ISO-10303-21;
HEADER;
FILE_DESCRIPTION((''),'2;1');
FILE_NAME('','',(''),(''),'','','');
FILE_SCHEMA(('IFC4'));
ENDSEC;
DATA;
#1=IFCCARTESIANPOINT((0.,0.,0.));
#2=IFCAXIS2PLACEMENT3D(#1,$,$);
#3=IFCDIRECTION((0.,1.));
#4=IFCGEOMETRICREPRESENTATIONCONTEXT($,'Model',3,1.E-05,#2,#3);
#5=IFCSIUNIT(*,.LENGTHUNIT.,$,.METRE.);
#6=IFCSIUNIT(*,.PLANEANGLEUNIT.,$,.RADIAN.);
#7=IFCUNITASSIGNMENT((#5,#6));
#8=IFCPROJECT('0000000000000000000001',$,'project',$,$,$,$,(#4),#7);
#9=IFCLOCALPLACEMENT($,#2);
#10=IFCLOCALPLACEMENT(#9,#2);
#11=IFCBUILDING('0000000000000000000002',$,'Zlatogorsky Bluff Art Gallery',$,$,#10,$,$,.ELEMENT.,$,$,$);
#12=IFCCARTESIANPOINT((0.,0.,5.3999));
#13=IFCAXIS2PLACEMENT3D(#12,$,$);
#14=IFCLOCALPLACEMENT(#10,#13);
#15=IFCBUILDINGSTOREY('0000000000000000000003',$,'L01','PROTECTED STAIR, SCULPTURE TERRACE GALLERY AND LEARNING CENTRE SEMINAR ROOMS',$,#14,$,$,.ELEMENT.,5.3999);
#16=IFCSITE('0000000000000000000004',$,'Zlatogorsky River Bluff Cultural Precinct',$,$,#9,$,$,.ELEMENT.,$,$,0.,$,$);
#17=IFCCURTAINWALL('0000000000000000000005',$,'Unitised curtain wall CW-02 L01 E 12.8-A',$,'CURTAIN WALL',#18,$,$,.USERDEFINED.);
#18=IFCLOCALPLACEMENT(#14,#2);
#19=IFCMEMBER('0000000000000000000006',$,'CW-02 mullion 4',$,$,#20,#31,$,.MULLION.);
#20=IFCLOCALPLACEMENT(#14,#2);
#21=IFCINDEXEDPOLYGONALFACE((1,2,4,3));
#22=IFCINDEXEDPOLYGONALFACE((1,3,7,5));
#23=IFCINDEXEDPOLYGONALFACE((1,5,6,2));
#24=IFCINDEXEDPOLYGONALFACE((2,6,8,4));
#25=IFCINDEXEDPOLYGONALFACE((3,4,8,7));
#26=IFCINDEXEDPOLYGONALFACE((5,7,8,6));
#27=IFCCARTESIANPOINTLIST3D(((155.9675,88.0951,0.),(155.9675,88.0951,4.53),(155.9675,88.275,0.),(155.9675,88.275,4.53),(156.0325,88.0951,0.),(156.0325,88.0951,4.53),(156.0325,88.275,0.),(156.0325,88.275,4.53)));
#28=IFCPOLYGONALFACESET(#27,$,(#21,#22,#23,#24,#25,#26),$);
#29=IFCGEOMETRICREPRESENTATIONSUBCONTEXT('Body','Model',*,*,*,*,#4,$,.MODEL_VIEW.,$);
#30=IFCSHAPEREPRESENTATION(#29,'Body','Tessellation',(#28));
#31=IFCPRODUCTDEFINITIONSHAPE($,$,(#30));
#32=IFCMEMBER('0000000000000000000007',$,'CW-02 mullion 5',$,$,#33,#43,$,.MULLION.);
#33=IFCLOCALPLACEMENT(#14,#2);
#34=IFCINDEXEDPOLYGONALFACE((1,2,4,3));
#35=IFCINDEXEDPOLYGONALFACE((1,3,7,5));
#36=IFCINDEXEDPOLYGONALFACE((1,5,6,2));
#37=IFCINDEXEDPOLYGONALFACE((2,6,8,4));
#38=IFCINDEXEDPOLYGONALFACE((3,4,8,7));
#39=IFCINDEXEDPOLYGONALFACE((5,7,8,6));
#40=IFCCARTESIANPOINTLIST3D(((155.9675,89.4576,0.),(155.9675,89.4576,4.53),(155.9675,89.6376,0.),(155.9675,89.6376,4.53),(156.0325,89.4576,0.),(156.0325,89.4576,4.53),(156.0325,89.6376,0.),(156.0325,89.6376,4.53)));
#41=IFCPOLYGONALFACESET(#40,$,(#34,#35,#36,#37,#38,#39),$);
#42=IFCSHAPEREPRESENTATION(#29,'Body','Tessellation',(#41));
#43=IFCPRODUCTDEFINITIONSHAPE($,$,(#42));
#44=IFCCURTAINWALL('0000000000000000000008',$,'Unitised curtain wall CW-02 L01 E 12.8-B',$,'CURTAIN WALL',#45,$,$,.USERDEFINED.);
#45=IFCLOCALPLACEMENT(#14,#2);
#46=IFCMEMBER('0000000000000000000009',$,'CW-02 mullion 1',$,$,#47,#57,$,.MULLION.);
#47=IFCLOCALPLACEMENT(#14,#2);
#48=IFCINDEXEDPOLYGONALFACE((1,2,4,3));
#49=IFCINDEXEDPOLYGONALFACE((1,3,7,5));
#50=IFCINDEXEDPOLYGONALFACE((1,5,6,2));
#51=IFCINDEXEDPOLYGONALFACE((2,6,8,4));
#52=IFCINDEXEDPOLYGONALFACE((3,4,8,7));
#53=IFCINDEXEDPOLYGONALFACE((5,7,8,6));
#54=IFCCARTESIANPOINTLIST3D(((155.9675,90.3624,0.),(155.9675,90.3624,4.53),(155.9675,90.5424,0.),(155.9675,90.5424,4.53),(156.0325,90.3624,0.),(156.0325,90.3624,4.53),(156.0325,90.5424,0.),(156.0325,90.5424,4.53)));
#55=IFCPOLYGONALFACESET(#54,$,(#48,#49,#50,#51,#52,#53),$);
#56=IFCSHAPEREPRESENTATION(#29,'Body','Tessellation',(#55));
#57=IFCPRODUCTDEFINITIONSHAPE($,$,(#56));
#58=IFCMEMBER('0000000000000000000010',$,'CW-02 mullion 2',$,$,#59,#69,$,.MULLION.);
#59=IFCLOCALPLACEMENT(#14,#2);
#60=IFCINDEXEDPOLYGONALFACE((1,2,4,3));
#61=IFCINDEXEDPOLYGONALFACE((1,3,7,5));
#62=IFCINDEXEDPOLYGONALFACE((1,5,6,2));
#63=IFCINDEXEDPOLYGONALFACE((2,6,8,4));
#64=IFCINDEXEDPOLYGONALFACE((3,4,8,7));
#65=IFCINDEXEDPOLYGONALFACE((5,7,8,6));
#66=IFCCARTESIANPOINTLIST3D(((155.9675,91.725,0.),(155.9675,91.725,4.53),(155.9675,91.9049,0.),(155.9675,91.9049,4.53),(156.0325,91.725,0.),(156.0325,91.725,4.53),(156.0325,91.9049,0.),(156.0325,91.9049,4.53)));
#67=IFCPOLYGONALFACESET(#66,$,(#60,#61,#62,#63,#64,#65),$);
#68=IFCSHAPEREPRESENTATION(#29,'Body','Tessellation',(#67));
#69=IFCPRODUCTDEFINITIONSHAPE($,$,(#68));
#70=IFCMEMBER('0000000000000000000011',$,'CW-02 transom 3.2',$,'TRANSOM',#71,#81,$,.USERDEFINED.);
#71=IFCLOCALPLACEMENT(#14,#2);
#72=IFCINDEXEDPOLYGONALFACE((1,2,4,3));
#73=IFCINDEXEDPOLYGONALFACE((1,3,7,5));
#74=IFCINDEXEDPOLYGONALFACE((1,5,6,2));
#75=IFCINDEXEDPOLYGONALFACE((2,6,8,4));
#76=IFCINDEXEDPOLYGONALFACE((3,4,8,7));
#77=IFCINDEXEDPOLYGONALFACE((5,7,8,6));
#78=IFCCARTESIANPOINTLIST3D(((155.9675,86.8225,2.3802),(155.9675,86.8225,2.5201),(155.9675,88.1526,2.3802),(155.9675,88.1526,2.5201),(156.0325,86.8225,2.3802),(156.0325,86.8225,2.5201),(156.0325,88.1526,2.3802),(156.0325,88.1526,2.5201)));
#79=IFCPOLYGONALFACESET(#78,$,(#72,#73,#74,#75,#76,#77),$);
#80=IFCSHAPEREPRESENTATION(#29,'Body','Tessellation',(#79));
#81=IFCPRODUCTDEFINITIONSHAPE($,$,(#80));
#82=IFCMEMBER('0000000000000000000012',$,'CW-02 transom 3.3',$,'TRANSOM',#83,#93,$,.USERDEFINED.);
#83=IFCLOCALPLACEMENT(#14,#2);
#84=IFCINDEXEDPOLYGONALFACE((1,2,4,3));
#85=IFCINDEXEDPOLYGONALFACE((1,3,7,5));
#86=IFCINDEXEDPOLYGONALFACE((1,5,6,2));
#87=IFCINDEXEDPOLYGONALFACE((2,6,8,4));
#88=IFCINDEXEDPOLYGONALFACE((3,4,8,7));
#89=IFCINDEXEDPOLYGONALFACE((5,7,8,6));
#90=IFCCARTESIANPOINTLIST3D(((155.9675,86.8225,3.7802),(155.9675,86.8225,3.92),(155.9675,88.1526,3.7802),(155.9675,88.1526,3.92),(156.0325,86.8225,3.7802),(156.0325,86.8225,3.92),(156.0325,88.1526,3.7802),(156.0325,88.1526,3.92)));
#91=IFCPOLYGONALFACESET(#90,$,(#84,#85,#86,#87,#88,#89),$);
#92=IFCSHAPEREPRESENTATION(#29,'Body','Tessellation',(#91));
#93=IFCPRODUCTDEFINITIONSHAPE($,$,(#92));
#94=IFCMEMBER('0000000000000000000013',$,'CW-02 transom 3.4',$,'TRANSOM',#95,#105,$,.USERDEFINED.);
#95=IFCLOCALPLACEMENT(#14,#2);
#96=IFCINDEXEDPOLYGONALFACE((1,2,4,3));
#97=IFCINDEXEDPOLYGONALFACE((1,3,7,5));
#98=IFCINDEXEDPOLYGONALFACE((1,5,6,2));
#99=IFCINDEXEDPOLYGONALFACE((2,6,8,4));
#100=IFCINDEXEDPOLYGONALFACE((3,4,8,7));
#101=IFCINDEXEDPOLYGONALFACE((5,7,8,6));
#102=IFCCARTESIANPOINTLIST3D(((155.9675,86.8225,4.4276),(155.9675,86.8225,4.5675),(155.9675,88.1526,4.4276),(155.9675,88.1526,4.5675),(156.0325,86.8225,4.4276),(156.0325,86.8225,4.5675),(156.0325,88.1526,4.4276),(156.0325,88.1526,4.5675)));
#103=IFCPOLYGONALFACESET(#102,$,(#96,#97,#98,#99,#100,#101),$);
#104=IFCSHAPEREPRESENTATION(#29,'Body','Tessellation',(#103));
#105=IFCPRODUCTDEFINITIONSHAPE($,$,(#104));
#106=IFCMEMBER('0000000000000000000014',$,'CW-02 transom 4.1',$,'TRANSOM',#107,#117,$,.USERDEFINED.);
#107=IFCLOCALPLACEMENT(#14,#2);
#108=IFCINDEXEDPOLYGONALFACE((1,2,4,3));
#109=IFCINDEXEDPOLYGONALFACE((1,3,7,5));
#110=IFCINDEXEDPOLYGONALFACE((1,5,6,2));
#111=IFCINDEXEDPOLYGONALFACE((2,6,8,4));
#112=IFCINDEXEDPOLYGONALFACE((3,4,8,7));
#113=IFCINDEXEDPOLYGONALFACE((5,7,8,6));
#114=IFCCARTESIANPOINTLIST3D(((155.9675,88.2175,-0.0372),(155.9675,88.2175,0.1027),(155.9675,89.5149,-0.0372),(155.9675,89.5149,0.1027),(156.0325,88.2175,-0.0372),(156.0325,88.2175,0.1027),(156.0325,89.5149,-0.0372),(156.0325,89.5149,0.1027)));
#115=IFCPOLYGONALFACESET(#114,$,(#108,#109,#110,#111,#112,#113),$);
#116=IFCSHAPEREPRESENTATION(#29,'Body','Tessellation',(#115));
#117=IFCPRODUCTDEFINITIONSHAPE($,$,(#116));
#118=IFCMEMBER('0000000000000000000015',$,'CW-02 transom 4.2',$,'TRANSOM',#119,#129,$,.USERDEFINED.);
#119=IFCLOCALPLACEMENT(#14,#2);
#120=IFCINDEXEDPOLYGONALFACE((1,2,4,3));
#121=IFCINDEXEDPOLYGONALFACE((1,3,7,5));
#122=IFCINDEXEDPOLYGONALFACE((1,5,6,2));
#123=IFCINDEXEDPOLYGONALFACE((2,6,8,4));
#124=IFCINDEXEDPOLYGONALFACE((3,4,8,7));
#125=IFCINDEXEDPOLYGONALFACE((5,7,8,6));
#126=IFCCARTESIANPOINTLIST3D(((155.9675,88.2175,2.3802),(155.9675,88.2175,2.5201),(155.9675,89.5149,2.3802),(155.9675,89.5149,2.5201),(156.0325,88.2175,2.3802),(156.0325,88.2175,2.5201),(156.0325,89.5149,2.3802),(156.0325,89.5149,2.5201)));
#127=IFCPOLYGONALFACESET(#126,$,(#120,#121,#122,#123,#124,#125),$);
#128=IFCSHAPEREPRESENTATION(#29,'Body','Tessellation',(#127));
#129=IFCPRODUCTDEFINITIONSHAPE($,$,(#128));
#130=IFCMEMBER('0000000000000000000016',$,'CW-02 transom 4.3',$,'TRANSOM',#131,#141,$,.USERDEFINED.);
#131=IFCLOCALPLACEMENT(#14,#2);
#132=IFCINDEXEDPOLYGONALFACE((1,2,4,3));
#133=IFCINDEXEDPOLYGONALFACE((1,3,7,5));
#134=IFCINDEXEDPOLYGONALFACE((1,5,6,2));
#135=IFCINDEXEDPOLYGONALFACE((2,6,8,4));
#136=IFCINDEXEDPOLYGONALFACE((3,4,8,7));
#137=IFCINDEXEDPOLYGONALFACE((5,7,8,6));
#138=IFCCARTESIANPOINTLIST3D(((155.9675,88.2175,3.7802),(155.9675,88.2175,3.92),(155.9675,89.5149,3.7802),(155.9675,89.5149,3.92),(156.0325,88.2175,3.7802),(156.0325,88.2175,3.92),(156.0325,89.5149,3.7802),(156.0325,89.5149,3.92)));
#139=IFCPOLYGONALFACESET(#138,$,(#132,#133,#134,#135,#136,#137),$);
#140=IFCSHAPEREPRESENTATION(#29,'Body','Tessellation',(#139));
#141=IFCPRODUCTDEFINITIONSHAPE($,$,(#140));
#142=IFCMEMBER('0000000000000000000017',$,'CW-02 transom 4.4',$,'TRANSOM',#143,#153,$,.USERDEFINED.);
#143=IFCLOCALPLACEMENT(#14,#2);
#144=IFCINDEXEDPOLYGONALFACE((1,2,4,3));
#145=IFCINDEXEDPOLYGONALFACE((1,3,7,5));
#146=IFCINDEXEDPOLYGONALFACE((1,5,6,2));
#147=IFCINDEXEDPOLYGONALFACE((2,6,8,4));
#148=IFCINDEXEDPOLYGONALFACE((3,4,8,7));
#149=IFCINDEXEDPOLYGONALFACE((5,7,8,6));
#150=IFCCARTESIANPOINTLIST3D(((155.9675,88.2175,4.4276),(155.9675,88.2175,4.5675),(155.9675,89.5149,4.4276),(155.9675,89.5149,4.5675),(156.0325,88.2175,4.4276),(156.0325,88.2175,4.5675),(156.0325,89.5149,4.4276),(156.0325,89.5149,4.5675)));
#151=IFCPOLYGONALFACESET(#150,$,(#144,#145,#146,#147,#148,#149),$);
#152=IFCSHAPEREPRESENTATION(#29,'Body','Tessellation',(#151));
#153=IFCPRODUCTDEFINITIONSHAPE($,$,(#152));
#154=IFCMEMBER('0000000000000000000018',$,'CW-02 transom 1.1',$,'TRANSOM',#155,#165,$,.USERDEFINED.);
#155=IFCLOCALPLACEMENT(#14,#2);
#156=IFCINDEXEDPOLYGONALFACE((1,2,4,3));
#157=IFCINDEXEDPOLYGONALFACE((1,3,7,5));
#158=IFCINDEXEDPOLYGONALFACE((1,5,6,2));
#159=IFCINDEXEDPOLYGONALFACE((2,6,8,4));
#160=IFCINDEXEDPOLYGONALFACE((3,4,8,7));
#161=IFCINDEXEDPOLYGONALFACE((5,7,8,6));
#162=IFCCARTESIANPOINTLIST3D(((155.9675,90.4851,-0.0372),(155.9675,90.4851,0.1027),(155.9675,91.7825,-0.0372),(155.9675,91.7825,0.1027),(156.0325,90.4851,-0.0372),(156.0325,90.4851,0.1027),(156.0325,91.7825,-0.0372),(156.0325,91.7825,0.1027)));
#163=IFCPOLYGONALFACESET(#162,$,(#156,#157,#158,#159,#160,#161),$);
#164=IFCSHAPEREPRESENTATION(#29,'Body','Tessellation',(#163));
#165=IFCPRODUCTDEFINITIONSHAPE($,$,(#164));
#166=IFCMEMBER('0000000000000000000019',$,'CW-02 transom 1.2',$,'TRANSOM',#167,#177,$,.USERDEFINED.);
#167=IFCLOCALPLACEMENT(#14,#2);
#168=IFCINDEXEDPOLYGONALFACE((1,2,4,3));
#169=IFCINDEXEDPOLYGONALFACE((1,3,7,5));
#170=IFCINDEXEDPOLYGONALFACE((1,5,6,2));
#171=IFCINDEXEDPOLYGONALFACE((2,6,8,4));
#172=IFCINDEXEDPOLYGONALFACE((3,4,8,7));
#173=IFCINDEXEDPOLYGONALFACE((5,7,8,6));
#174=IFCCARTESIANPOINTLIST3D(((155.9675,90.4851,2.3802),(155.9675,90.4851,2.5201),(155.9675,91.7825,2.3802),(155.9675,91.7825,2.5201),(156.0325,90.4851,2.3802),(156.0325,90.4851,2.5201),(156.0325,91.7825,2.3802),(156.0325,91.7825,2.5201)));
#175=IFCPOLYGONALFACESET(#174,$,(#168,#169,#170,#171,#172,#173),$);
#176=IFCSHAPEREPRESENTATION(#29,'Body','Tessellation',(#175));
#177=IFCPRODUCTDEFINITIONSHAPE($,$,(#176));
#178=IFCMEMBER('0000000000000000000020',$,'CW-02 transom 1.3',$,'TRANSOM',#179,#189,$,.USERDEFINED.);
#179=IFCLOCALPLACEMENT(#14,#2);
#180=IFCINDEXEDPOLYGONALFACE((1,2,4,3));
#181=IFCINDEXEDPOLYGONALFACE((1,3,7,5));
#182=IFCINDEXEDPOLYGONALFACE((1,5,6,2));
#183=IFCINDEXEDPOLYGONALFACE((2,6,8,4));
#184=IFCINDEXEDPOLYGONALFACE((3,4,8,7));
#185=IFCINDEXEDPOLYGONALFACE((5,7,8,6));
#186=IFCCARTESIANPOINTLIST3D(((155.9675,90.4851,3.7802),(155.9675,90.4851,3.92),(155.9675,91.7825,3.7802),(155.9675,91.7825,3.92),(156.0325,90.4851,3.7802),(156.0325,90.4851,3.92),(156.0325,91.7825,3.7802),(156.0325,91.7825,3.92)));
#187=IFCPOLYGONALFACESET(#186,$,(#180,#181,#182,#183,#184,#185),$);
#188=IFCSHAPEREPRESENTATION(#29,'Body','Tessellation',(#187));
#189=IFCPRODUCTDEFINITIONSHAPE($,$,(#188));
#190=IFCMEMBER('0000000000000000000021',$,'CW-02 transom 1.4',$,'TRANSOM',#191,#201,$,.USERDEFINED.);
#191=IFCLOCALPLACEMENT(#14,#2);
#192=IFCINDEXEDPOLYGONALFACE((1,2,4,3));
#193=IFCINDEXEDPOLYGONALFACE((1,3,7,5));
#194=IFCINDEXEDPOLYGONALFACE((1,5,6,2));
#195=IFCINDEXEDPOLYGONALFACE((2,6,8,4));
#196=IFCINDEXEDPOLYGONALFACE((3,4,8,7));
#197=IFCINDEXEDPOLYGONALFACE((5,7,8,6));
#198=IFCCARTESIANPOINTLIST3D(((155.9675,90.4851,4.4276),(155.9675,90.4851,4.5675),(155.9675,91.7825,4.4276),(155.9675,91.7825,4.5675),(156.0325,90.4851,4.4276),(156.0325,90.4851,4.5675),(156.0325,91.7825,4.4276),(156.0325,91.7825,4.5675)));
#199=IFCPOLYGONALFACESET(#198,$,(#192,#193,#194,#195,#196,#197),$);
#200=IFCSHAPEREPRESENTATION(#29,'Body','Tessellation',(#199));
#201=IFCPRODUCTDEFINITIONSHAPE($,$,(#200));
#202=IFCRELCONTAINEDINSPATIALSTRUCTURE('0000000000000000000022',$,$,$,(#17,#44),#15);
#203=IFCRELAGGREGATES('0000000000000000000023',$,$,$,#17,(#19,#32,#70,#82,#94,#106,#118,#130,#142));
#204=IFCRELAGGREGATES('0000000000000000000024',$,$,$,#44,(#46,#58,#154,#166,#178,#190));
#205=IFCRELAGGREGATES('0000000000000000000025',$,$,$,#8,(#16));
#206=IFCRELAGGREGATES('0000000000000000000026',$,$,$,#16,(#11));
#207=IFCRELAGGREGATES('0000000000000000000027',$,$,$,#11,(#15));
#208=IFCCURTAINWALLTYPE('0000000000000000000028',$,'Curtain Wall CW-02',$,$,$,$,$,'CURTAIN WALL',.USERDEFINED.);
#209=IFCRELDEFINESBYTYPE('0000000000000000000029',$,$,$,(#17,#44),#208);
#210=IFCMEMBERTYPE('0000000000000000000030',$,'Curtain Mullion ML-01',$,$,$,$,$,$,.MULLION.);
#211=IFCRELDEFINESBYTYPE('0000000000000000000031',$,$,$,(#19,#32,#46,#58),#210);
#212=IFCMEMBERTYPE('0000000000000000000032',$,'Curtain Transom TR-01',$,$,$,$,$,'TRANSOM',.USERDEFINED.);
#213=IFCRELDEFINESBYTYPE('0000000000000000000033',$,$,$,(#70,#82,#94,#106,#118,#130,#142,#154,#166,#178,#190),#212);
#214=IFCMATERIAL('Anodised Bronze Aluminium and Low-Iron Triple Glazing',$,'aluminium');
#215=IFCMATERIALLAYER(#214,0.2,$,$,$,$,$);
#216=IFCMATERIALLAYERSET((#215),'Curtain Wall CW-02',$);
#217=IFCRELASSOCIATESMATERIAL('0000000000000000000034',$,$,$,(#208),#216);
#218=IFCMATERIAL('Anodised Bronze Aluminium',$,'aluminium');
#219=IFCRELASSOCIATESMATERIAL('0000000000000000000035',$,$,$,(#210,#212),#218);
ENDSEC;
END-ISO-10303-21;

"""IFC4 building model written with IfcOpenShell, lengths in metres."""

from ifc_helpers import new_model, si_unit, direction, frame, origin, origin_2d, place, context, subcontext, project, spatial, rectangle, extrude, material, layer, layer_set, material_profile, profile_set, type_object, element, aggregate, save


model = new_model("IFC4")

# Units and contexts
model_context = context("Model", 3, precision=1e-05, world=origin(), true_north=direction((0.0, 1.0)))
body_context = subcontext(model_context, "Body", "Model", "MODEL_VIEW")
ifc_project = project(units=[si_unit("LENGTHUNIT", "METRE"), si_unit("PLANEANGLEUNIT", "RADIAN")], contexts=[model_context])

# Site, building, storey
site_placement = place(None, origin())
site = spatial("IfcSite", under=ifc_project, at=site_placement, Name="Zlatogorsky River Bluff Cultural Precinct", CompositionType="ELEMENT", RefElevation=0.0)
building_placement = place(site_placement, origin())
building = spatial("IfcBuilding", under=site, at=building_placement, Name="Zlatogorsky Bluff Art Gallery", CompositionType="ELEMENT")
storey_placement = place(building_placement, frame((0.0, 0.0, 5.3999)))
storey = spatial("IfcBuildingStorey", under=building, at=storey_placement, Name="L01", Description="PROTECTED STAIR, SCULPTURE TERRACE GALLERY AND LEARNING CENTRE SEMINAR ROOMS", CompositionType="ELEMENT", Elevation=5.3999)

# Curtain walls, members
ifc_material_1 = material(Name="Anodised Bronze Aluminium and Low-Iron Triple Glazing", Category="aluminium")
ifc_layer_1 = layer(ifc_material_1, 0.2)
ifc_layer_set_1 = layer_set([ifc_layer_1], Name="Curtain Wall CW-02")
curtain_wall_type = type_object("IfcCurtainWallType", Name="Curtain Wall CW-02", ElementType="CURTAIN WALL", PredefinedType="USERDEFINED", material=ifc_layer_set_1)
curtain_wall_1_placement = place(storey_placement, origin())
curtain_wall_1 = element("IfcCurtainWall", 1, at=curtain_wall_1_placement, inside=storey, type_object=curtain_wall_type, Name="Unitised curtain wall CW-02 L01 E 12.8-A", ObjectType="CURTAIN WALL", PredefinedType="USERDEFINED")
ifc_material_2 = material(Name="Anodised Bronze Aluminium", Category="aluminium")
ifc_material_profile_1 = material_profile(ifc_material_2, rectangle(XDim=0.0649, YDim=0.1799, at=origin_2d()), Name="ALU MULLION 65x180")
ifc_profile_set_1 = profile_set([ifc_material_profile_1], Name="Anodised Bronze Aluminium")
member_type_1 = type_object("IfcMemberType", Name="Curtain Mullion ML-01", PredefinedType="MULLION", material=ifc_profile_set_1)
member_1_placement = place(storey_placement, frame((156.0, 88.1851, 0.0), z_axis=(0.0, 0.0, 1.0), x_axis=(-1.0, 0.0, 0.0)))
member_1 = element("IfcMember", 2, at=member_1_placement, type_object=member_type_1, Name="CW-02 mullion 4", PredefinedType="MULLION", context=body_context, shape_type="SweptSolid", body=[
    extrude(rectangle(XDim=0.0649, YDim=0.1799, at=origin_2d()), origin(), (0.0, 0.0, 1.0), 4.53),
])
member_2_placement = place(storey_placement, frame((156.0, 89.5476, 0.0), z_axis=(0.0, 0.0, 1.0), x_axis=(-1.0, 0.0, 0.0)))
member_2 = element("IfcMember", 3, at=member_2_placement, type_object=member_type_1, Name="CW-02 mullion 5", PredefinedType="MULLION", context=body_context, shape_type="SweptSolid", body=[
    extrude(rectangle(XDim=0.0649, YDim=0.1799, at=origin_2d()), origin(), (0.0, 0.0, 1.0), 4.53),
])
curtain_wall_2_placement = place(storey_placement, origin())
curtain_wall_2 = element("IfcCurtainWall", 4, at=curtain_wall_2_placement, inside=storey, type_object=curtain_wall_type, Name="Unitised curtain wall CW-02 L01 E 12.8-B", ObjectType="CURTAIN WALL", PredefinedType="USERDEFINED")
member_3_placement = place(storey_placement, frame((156.0, 90.4524, 0.0), z_axis=(0.0, 0.0, 1.0), x_axis=(-1.0, 0.0, 0.0)))
member_3 = element("IfcMember", 5, at=member_3_placement, type_object=member_type_1, Name="CW-02 mullion 1", PredefinedType="MULLION", context=body_context, shape_type="SweptSolid", body=[
    extrude(rectangle(XDim=0.0649, YDim=0.1799, at=origin_2d()), origin(), (0.0, 0.0, 1.0), 4.53),
])
member_4_placement = place(storey_placement, frame((156.0, 91.8149, 0.0), z_axis=(0.0, 0.0, 1.0), x_axis=(-1.0, 0.0, 0.0)))
member_4 = element("IfcMember", 6, at=member_4_placement, type_object=member_type_1, Name="CW-02 mullion 2", PredefinedType="MULLION", context=body_context, shape_type="SweptSolid", body=[
    extrude(rectangle(XDim=0.0649, YDim=0.1799, at=origin_2d()), origin(), (0.0, 0.0, 1.0), 4.53),
])

# Members
ifc_material_profile_2 = material_profile(ifc_material_2, rectangle(XDim=0.0649, YDim=0.1399, at=origin_2d()), Name="ALU TRANSOM 65x140")
ifc_profile_set_2 = profile_set([ifc_material_profile_2], Name="Anodised Bronze Aluminium")
member_type_2 = type_object("IfcMemberType", Name="Curtain Transom TR-01", ElementType="TRANSOM", PredefinedType="USERDEFINED", material=ifc_profile_set_2)
member_5_placement = place(storey_placement, frame((156.0, 86.8225, 2.4502), z_axis=(0.0, 1.0, 0.0), x_axis=(-1.0, 0.0, 0.0)))
member_5 = element("IfcMember", 7, at=member_5_placement, type_object=member_type_2, Name="CW-02 transom 3.2", ObjectType="TRANSOM", PredefinedType="USERDEFINED", context=body_context, shape_type="SweptSolid", body=[
    extrude(rectangle(XDim=0.0649, YDim=0.1399, at=origin_2d()), origin(), (0.0, 0.0, 1.0), 1.3301),
])
member_6_placement = place(storey_placement, frame((156.0, 86.8225, 3.8501), z_axis=(0.0, 1.0, 0.0), x_axis=(-1.0, 0.0, 0.0)))
member_6 = element("IfcMember", 8, at=member_6_placement, type_object=member_type_2, Name="CW-02 transom 3.3", ObjectType="TRANSOM", PredefinedType="USERDEFINED", context=body_context, shape_type="SweptSolid", body=[
    extrude(rectangle(XDim=0.0649, YDim=0.1399, at=origin_2d()), origin(), (0.0, 0.0, 1.0), 1.3301),
])
member_7_placement = place(storey_placement, frame((156.0, 86.8225, 4.4976), z_axis=(0.0, 1.0, 0.0), x_axis=(-1.0, 0.0, 0.0)))
member_7 = element("IfcMember", 9, at=member_7_placement, type_object=member_type_2, Name="CW-02 transom 3.4", ObjectType="TRANSOM", PredefinedType="USERDEFINED", context=body_context, shape_type="SweptSolid", body=[
    extrude(rectangle(XDim=0.0649, YDim=0.1399, at=origin_2d()), origin(), (0.0, 0.0, 1.0), 1.3301),
])
member_8_placement = place(storey_placement, frame((156.0, 88.2175, 0.0327), z_axis=(0.0, 1.0, 0.0), x_axis=(-1.0, 0.0, 0.0)))
member_8 = element("IfcMember", 10, at=member_8_placement, type_object=member_type_2, Name="CW-02 transom 4.1", ObjectType="TRANSOM", PredefinedType="USERDEFINED", context=body_context, shape_type="SweptSolid", body=[
    extrude(rectangle(XDim=0.0649, YDim=0.1399, at=origin_2d()), origin(), (0.0, 0.0, 1.0), 1.2974),
])
member_9_placement = place(storey_placement, frame((156.0, 88.2175, 2.4502), z_axis=(0.0, 1.0, 0.0), x_axis=(-1.0, 0.0, 0.0)))
member_9 = element("IfcMember", 11, at=member_9_placement, type_object=member_type_2, Name="CW-02 transom 4.2", ObjectType="TRANSOM", PredefinedType="USERDEFINED", context=body_context, shape_type="SweptSolid", body=[
    extrude(rectangle(XDim=0.0649, YDim=0.1399, at=origin_2d()), origin(), (0.0, 0.0, 1.0), 1.2974),
])
member_10_placement = place(storey_placement, frame((156.0, 88.2175, 3.8501), z_axis=(0.0, 1.0, 0.0), x_axis=(-1.0, 0.0, 0.0)))
member_10 = element("IfcMember", 12, at=member_10_placement, type_object=member_type_2, Name="CW-02 transom 4.3", ObjectType="TRANSOM", PredefinedType="USERDEFINED", context=body_context, shape_type="SweptSolid", body=[
    extrude(rectangle(XDim=0.0649, YDim=0.1399, at=origin_2d()), origin(), (0.0, 0.0, 1.0), 1.2974),
])
member_11_placement = place(storey_placement, frame((156.0, 88.2175, 4.4976), z_axis=(0.0, 1.0, 0.0), x_axis=(-1.0, 0.0, 0.0)))
member_11 = element("IfcMember", 13, at=member_11_placement, type_object=member_type_2, Name="CW-02 transom 4.4", ObjectType="TRANSOM", PredefinedType="USERDEFINED", context=body_context, shape_type="SweptSolid", body=[
    extrude(rectangle(XDim=0.0649, YDim=0.1399, at=origin_2d()), origin(), (0.0, 0.0, 1.0), 1.2974),
])
member_12_placement = place(storey_placement, frame((156.0, 90.4851, 0.0327), z_axis=(0.0, 1.0, 0.0), x_axis=(-1.0, 0.0, 0.0)))
member_12 = element("IfcMember", 14, at=member_12_placement, type_object=member_type_2, Name="CW-02 transom 1.1", ObjectType="TRANSOM", PredefinedType="USERDEFINED", context=body_context, shape_type="SweptSolid", body=[
    extrude(rectangle(XDim=0.0649, YDim=0.1399, at=origin_2d()), origin(), (0.0, 0.0, 1.0), 1.2974),
])
member_13_placement = place(storey_placement, frame((156.0, 90.4851, 2.4502), z_axis=(0.0, 1.0, 0.0), x_axis=(-1.0, 0.0, 0.0)))
member_13 = element("IfcMember", 15, at=member_13_placement, type_object=member_type_2, Name="CW-02 transom 1.2", ObjectType="TRANSOM", PredefinedType="USERDEFINED", context=body_context, shape_type="SweptSolid", body=[
    extrude(rectangle(XDim=0.0649, YDim=0.1399, at=origin_2d()), origin(), (0.0, 0.0, 1.0), 1.2974),
])
member_14_placement = place(storey_placement, frame((156.0, 90.4851, 3.8501), z_axis=(0.0, 1.0, 0.0), x_axis=(-1.0, 0.0, 0.0)))
member_14 = element("IfcMember", 16, at=member_14_placement, type_object=member_type_2, Name="CW-02 transom 1.3", ObjectType="TRANSOM", PredefinedType="USERDEFINED", context=body_context, shape_type="SweptSolid", body=[
    extrude(rectangle(XDim=0.0649, YDim=0.1399, at=origin_2d()), origin(), (0.0, 0.0, 1.0), 1.2974),
])
member_15_placement = place(storey_placement, frame((156.0, 90.4851, 4.4976), z_axis=(0.0, 1.0, 0.0), x_axis=(-1.0, 0.0, 0.0)))
member_15 = element("IfcMember", 17, at=member_15_placement, type_object=member_type_2, Name="CW-02 transom 1.4", ObjectType="TRANSOM", PredefinedType="USERDEFINED", context=body_context, shape_type="SweptSolid", body=[
    extrude(rectangle(XDim=0.0649, YDim=0.1399, at=origin_2d()), origin(), (0.0, 0.0, 1.0), 1.2974),
])

aggregate(curtain_wall_1, [member_1, member_2, member_5, member_6, member_7, member_8, member_9, member_10, member_11])
aggregate(curtain_wall_2, [member_3, member_4, member_12, member_13, member_14, member_15])

save(model, "model.ifc")
